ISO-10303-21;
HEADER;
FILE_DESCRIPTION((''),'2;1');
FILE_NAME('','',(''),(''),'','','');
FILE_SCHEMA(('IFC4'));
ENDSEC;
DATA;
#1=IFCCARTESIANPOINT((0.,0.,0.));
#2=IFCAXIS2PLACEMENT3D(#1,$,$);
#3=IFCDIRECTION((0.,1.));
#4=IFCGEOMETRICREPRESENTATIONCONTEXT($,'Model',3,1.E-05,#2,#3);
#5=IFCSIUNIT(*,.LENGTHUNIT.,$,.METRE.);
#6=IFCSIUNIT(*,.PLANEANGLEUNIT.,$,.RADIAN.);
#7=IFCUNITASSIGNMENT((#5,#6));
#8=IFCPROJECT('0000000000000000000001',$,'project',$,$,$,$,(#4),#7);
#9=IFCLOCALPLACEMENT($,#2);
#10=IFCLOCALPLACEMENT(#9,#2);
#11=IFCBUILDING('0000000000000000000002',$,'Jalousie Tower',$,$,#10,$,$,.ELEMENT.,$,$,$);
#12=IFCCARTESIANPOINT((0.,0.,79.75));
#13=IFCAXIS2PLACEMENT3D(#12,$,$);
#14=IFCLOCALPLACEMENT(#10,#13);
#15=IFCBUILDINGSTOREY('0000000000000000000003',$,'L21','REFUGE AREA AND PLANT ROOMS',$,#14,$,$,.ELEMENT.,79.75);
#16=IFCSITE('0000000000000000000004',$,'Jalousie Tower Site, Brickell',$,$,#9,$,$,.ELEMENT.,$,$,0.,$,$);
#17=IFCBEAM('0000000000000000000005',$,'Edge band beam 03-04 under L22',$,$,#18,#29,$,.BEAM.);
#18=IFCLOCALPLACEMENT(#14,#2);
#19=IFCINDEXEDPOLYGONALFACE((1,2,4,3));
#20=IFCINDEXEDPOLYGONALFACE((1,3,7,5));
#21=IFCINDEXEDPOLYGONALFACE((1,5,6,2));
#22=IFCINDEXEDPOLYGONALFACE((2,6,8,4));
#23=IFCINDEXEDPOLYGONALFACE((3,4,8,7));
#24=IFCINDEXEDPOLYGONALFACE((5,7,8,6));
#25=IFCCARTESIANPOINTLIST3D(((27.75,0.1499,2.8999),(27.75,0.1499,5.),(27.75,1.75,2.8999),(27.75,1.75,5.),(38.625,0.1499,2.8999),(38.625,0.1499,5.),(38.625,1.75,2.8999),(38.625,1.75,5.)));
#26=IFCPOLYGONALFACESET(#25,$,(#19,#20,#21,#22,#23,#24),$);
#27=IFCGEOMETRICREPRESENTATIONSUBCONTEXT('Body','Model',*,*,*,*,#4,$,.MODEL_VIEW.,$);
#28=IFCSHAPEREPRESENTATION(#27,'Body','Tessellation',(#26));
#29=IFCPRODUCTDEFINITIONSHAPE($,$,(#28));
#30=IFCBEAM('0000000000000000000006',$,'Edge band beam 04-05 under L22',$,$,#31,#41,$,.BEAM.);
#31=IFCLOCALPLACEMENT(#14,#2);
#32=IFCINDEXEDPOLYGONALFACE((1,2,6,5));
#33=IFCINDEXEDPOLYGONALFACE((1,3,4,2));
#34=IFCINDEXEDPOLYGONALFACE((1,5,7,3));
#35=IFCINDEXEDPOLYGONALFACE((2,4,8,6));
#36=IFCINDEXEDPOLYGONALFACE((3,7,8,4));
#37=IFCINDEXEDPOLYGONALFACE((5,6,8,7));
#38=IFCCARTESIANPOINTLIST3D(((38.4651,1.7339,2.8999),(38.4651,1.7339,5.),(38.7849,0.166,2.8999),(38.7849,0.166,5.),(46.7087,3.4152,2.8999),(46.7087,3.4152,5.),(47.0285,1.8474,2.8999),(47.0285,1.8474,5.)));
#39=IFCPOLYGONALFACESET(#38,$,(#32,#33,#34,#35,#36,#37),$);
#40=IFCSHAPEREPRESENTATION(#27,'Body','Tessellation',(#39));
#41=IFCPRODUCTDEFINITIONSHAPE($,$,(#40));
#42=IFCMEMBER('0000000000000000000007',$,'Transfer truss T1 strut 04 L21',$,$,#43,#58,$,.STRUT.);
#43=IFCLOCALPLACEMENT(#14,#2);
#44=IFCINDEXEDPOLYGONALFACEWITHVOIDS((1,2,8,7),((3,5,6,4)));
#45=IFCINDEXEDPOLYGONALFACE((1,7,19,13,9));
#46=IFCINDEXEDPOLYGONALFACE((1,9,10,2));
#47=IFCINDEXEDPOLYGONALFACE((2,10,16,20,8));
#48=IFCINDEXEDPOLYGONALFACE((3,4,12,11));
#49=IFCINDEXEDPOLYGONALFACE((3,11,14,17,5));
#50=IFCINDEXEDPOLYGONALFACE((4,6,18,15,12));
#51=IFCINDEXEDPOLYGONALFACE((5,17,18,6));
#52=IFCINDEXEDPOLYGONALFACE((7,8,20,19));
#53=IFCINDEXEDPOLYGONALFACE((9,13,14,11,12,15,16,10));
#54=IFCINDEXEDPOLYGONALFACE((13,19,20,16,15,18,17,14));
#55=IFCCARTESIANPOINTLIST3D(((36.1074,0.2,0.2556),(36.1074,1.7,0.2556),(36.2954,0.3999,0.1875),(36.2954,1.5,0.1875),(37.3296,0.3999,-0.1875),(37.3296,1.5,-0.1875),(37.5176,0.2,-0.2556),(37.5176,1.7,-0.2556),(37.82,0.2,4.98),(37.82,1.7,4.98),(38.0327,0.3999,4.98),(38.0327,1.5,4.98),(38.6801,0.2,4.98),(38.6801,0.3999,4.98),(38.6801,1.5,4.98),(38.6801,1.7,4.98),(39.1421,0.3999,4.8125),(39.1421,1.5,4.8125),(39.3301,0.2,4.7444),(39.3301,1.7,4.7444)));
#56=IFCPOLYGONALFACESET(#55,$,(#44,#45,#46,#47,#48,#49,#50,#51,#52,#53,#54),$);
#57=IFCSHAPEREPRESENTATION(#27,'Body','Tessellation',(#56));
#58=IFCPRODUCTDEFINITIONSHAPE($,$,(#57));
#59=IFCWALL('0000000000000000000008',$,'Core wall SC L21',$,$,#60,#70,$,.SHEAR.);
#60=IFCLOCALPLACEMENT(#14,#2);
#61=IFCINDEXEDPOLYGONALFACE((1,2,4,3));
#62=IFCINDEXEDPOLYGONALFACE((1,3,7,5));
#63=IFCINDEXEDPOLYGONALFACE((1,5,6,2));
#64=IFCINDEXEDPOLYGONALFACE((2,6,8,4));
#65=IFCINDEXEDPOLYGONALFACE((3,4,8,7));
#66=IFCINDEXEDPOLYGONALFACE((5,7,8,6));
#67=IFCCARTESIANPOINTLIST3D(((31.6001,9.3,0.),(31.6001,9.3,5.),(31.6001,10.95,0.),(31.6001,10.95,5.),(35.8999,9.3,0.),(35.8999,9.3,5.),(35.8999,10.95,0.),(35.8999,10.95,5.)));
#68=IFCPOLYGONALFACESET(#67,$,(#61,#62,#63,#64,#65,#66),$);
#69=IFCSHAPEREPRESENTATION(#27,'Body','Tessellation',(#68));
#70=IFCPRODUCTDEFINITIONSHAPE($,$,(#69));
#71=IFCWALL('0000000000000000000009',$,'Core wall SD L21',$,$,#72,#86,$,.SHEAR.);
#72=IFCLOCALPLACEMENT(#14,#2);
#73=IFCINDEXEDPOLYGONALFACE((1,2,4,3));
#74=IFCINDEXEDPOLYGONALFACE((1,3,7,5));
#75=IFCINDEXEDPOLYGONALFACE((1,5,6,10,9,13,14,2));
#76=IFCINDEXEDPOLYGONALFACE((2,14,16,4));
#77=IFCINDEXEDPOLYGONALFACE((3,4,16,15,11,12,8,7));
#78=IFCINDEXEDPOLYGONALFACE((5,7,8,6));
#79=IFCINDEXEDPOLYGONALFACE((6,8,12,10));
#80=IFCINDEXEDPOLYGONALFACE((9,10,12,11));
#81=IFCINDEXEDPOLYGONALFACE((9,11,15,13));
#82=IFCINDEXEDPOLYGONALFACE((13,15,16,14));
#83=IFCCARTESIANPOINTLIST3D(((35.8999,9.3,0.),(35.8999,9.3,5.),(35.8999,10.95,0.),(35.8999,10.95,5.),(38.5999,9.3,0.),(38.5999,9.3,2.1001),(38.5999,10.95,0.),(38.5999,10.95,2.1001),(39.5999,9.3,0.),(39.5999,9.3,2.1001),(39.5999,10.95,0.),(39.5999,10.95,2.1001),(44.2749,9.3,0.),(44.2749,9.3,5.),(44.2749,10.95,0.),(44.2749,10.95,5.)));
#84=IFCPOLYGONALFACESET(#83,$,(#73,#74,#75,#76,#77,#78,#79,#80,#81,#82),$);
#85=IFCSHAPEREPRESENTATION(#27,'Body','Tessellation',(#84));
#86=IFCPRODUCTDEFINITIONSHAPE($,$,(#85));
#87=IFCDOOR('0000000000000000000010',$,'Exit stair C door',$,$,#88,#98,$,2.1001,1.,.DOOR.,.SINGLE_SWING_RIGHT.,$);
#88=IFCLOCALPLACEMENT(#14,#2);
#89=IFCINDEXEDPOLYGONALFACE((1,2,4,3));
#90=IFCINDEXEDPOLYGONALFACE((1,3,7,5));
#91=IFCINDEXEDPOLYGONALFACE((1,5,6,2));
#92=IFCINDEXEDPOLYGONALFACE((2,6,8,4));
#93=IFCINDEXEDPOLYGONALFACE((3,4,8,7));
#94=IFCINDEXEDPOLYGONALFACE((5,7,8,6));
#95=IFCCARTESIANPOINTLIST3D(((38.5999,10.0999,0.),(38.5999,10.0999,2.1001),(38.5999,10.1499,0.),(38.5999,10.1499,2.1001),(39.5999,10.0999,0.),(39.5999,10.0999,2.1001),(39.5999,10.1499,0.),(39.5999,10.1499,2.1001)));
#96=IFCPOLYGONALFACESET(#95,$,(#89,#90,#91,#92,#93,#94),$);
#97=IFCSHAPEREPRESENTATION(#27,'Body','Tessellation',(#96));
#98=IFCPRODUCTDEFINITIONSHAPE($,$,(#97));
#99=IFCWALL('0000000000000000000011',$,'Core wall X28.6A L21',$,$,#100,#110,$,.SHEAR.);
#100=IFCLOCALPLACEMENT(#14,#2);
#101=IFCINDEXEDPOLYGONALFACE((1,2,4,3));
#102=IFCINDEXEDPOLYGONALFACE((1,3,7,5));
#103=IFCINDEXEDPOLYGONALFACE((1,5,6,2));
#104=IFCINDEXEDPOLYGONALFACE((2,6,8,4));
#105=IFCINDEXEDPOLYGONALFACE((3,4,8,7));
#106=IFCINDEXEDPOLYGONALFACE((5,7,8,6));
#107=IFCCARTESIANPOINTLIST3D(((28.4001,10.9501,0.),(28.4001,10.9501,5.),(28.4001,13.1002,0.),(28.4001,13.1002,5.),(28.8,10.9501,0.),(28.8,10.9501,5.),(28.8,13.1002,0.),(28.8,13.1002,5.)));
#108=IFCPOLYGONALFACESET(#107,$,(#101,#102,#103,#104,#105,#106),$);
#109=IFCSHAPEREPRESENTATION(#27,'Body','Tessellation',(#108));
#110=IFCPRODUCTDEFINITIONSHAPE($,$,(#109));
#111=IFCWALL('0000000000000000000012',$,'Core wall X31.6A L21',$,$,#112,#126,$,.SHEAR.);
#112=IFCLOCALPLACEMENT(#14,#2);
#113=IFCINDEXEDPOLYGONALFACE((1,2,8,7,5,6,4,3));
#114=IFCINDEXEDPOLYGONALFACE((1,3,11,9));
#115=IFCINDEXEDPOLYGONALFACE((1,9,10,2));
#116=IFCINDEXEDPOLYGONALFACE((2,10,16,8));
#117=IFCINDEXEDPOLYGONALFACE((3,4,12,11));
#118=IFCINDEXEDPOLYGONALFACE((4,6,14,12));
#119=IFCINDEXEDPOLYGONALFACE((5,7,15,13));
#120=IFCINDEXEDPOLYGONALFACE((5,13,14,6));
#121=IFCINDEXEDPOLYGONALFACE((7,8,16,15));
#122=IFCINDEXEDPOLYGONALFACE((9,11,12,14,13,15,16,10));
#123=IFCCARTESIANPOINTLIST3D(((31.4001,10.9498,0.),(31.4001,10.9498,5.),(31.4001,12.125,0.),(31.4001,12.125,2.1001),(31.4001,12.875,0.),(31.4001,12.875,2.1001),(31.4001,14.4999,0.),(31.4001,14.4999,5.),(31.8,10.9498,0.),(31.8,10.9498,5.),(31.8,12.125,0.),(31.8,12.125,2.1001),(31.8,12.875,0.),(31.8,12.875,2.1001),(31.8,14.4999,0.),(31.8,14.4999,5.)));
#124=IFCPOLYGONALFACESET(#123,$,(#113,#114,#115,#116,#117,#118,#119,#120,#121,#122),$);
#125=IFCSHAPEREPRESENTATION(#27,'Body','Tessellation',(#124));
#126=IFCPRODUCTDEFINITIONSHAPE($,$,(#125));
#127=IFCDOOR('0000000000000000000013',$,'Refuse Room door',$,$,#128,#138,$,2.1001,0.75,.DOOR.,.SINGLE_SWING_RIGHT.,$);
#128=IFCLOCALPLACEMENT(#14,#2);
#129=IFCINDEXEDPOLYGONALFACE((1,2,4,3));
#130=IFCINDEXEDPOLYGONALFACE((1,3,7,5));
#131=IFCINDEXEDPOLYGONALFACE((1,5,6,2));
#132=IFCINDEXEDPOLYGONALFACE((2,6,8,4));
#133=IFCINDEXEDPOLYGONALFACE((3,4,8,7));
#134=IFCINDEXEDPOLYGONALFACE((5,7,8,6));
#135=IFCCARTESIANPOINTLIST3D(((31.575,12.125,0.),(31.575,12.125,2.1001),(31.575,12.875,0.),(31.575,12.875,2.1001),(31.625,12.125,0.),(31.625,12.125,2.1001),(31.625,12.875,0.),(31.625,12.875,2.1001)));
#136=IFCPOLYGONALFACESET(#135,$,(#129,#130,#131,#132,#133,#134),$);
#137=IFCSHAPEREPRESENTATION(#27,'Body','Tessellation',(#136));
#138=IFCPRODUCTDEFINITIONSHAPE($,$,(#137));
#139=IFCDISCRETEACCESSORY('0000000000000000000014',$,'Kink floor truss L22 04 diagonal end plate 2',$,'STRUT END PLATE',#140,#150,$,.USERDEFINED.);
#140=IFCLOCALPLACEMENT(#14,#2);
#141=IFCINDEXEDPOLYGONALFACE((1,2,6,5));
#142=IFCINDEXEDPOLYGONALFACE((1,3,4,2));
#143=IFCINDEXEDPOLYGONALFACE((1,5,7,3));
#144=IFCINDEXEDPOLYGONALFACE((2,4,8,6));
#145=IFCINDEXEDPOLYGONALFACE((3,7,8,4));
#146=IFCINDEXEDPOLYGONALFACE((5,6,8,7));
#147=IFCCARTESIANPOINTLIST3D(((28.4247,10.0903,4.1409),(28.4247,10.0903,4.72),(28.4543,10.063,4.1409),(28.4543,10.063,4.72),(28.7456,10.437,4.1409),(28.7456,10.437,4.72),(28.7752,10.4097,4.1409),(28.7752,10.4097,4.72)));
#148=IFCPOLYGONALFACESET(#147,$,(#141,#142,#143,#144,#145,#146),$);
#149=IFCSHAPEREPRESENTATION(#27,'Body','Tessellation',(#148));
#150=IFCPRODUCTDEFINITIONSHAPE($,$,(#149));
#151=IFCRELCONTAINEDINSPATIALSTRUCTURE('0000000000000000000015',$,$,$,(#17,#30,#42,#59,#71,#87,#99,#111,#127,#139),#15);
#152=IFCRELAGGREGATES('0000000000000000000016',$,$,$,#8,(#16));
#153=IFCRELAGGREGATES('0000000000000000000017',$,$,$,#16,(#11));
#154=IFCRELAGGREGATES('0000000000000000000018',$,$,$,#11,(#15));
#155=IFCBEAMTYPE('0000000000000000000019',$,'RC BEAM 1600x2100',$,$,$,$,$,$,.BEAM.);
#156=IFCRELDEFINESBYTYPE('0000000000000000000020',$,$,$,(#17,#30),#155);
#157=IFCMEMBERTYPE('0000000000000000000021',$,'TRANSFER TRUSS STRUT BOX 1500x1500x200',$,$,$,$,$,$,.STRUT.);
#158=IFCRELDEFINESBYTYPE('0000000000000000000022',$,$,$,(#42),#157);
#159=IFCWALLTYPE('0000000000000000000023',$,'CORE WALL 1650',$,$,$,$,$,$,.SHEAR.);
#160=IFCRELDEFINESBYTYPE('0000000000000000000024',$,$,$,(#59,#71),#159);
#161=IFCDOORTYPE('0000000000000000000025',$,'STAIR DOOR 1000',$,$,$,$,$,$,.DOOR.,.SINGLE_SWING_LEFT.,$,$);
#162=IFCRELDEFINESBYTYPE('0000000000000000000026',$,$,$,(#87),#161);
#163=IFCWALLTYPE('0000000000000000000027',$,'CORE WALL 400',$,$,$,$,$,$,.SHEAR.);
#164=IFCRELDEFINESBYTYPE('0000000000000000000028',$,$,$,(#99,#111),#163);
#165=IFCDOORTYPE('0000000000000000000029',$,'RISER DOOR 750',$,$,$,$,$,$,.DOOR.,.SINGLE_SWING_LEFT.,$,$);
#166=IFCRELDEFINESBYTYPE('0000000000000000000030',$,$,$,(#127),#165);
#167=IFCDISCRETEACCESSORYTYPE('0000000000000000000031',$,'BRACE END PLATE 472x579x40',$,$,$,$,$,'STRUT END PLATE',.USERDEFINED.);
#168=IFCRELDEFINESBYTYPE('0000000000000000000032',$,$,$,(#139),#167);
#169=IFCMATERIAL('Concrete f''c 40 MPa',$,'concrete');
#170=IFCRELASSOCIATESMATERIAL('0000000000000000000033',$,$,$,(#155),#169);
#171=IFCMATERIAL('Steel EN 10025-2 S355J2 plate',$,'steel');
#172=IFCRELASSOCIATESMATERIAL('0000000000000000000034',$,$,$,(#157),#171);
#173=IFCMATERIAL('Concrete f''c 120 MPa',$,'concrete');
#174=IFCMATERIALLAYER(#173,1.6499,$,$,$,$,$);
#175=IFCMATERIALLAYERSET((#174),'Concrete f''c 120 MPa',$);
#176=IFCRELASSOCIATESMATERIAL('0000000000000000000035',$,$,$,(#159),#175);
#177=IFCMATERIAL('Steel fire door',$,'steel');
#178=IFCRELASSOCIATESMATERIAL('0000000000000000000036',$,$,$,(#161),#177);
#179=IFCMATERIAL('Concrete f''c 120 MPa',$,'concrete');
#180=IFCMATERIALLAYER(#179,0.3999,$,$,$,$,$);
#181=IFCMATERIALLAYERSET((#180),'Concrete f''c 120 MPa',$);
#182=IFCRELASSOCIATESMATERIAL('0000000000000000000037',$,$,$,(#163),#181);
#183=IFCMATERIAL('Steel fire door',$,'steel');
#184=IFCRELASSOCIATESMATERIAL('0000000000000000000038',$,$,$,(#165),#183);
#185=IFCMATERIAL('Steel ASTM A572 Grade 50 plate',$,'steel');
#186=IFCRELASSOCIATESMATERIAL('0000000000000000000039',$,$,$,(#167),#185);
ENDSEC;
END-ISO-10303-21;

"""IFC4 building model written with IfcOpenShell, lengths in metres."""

from ifc_helpers import new_model, si_unit, direction, frame, frame_2d, origin, origin_2d, place, context, subcontext, project, spatial, rectangle, hollow_rectangle, extrude, clip, halfspace, material, layer, layer_set, material_profile, profile_set, type_object, element, fill, save


model = new_model("IFC4")

# Units and contexts
model_context = context("Model", 3, precision=1e-05, world=origin(), true_north=direction((0.0, 1.0)))
body_context = subcontext(model_context, "Body", "Model", "MODEL_VIEW")
ifc_project = project(units=[si_unit("LENGTHUNIT", "METRE"), si_unit("PLANEANGLEUNIT", "RADIAN")], contexts=[model_context])

# Site, building, storey
site_placement = place(None, origin())
site = spatial("IfcSite", under=ifc_project, at=site_placement, Name="Jalousie Tower Site, Brickell", CompositionType="ELEMENT", RefElevation=0.0)
building_placement = place(site_placement, origin())
building = spatial("IfcBuilding", under=site, at=building_placement, Name="Jalousie Tower", CompositionType="ELEMENT")
storey_placement = place(building_placement, frame((0.0, 0.0, 79.75)))
storey = spatial("IfcBuildingStorey", under=building, at=storey_placement, Name="L21", Description="REFUGE AREA AND PLANT ROOMS", CompositionType="ELEMENT", Elevation=79.75)

# Beams
ifc_material_1 = material(Name="Concrete f'c 40 MPa", Category="concrete")
ifc_material_profile_1 = material_profile(ifc_material_1, rectangle(XDim=1.6001, YDim=2.1001, at=origin_2d()), Name="RC 1600x2100")
ifc_profile_set_1 = profile_set([ifc_material_profile_1], Name="Concrete f'c 40 MPa")
beam_type = type_object("IfcBeamType", Name="RC BEAM 1600x2100", PredefinedType="BEAM", material=ifc_profile_set_1)
beam_1_placement = place(storey_placement, frame((27.75, 0.95, 3.95), z_axis=(1.0, 0.0, 0.0), x_axis=(0.0, 1.0, 0.0)))
element("IfcBeam", 1, at=beam_1_placement, inside=storey, type_object=beam_type, Name="Edge band beam 03-04 under L22", PredefinedType="BEAM", context=body_context, shape_type="SweptSolid", body=[
    extrude(rectangle(XDim=1.6001, YDim=2.1001, at=origin_2d()), origin(), (0.0, 0.0, 1.0), 10.875),
])
beam_2_placement = place(storey_placement, frame((38.625, 0.95, 3.95), z_axis=(0.979827, 0.199848, 0.0), x_axis=(-0.199848, 0.979827, 0.0)))
element("IfcBeam", 2, at=beam_2_placement, inside=storey, type_object=beam_type, Name="Edge band beam 04-05 under L22", PredefinedType="BEAM", context=body_context, shape_type="SweptSolid", body=[
    extrude(rectangle(XDim=1.6001, YDim=2.1001, at=origin_2d()), origin(), (0.0, 0.0, 1.0), 8.4133),
])

# Member
ifc_material_2 = material(Name="Steel EN 10025-2 S355J2 plate", Category="steel")
ifc_material_profile_2 = material_profile(ifc_material_2, hollow_rectangle(XDim=1.5, YDim=1.5, WallThickness=0.2, at=origin_2d()), Name="BOX 1500x1500x200")
ifc_profile_set_2 = profile_set([ifc_material_profile_2], Name="Steel EN 10025-2 S355J2 plate")
member_type_1 = type_object("IfcMemberType", Name="TRANSFER TRUSS STRUT BOX 1500x1500x200", PredefinedType="STRUT", material=ifc_profile_set_2)
member_1_placement = place(storey_placement, frame((36.8125, 0.95, 0.0), z_axis=(0.340799, 0.0, 0.940136), x_axis=(0.0, 1.0, 0.0)))
element("IfcMember", 3, at=member_1_placement, inside=storey, type_object=member_type_1, Name="Transfer truss T1 strut 04 L21", PredefinedType="STRUT", context=body_context, shape_type="Clipping", body=[
    clip(extrude(hollow_rectangle(XDim=1.5, YDim=1.5, WallThickness=0.2, at=origin_2d()), origin(), (0.0, 0.0, 1.0), 5.3184), halfspace(frame((0.0, 0.0, 5.2971), z_axis=(0.0, 0.340799, 0.940136)), False)),
])

# Wall
ifc_material_3 = material(Name="Concrete f'c 120 MPa", Category="concrete")
ifc_layer_1 = layer(ifc_material_3, 1.6499)
ifc_layer_set_1 = layer_set([ifc_layer_1], Name="Concrete f'c 120 MPa")
wall_type_1 = type_object("IfcWallType", Name="CORE WALL 1650", PredefinedType="SHEAR", material=ifc_layer_set_1)
wall_1_placement = place(storey_placement, frame((31.6001, 10.125, 0.0), z_axis=(0.0, 0.0, 1.0), x_axis=(1.0, 0.0, 0.0)))
element("IfcWall", 4, at=wall_1_placement, inside=storey, type_object=wall_type_1, Name="Core wall SC L21", PredefinedType="SHEAR", context=body_context, shape_type="SweptSolid", body=[
    extrude(rectangle(XDim=4.2998, YDim=1.6499, at=frame_2d((2.1499, 0.0))), origin(), (0.0, 0.0, 1.0), 5.0),
])

# Wall, opening, door
wall_2_placement = place(storey_placement, frame((35.8999, 10.125, 0.0), z_axis=(0.0, 0.0, 1.0), x_axis=(1.0, 0.0, 0.0)))
wall_2 = element("IfcWall", 5, at=wall_2_placement, inside=storey, type_object=wall_type_1, Name="Core wall SD L21", PredefinedType="SHEAR", context=body_context, shape_type="SweptSolid", body=[
    extrude(rectangle(XDim=8.375, YDim=1.6499, at=frame_2d((4.1875, 0.0))), origin(), (0.0, 0.0, 1.0), 5.0),
])
opening_1_placement = place(wall_2_placement, frame((2.7, 0.0, 0.0)))
opening_1 = element("IfcOpeningElement", 6, at=opening_1_placement, cuts=wall_2, PredefinedType="OPENING", context=body_context, shape_type="SweptSolid", body=[
    extrude(rectangle(XDim=1.0, YDim=2.1001, at=frame_2d((0.5, 1.05))), frame((0.0, 0.835, 0.0), z_axis=(0.0, -1.0, 0.0), x_axis=(1.0, 0.0, 0.0)), (0.0, 0.0, 1.0), 1.6699),
])
ifc_material_4 = material(Name="Steel fire door", Category="steel")
door_type_1 = type_object("IfcDoorType", Name="STAIR DOOR 1000", OperationType="SINGLE_SWING_LEFT", PredefinedType="DOOR", material=ifc_material_4)
door_1_placement = place(opening_1_placement, origin())
door_1 = element("IfcDoor", 7, at=door_1_placement, inside=storey, type_object=door_type_1, Name="Exit stair C door", OperationType="SINGLE_SWING_RIGHT", OverallHeight=2.1001, OverallWidth=1.0, PredefinedType="DOOR", context=body_context, shape_type="SweptSolid", body=[
    extrude(rectangle(XDim=1.0, YDim=2.1001, at=frame_2d((0.5, 1.05))), frame((0.0, 0.0249, 0.0), z_axis=(0.0, -1.0, 0.0), x_axis=(1.0, 0.0, 0.0)), (0.0, 0.0, 1.0), 0.05),
])
fill(opening_1, door_1)

# Wall
ifc_material_5 = material(Name="Concrete f'c 120 MPa", Category="concrete")
ifc_layer_2 = layer(ifc_material_5, 0.3999)
ifc_layer_set_2 = layer_set([ifc_layer_2], Name="Concrete f'c 120 MPa")
wall_type_2 = type_object("IfcWallType", Name="CORE WALL 400", PredefinedType="SHEAR", material=ifc_layer_set_2)
wall_3_placement = place(storey_placement, frame((28.6001, 10.95, 0.0), z_axis=(0.0, 0.0, 1.0), x_axis=(0.0, 1.0, 0.0)))
element("IfcWall", 8, at=wall_3_placement, inside=storey, type_object=wall_type_2, Name="Core wall X28.6A L21", PredefinedType="SHEAR", context=body_context, shape_type="SweptSolid", body=[
    extrude(rectangle(XDim=2.1501, YDim=0.3999, at=frame_2d((1.0752, 0.0))), origin(), (0.0, 0.0, 1.0), 5.0),
])

# Wall, opening, door
wall_4_placement = place(storey_placement, frame((31.6001, 10.95, 0.0), z_axis=(0.0, 0.0, 1.0), x_axis=(0.0, 1.0, 0.0)))
wall_4 = element("IfcWall", 9, at=wall_4_placement, inside=storey, type_object=wall_type_2, Name="Core wall X31.6A L21", PredefinedType="SHEAR", context=body_context, shape_type="SweptSolid", body=[
    extrude(rectangle(XDim=3.55, YDim=0.3999, at=frame_2d((1.7749, 0.0))), origin(), (0.0, 0.0, 1.0), 5.0),
])
opening_2_placement = place(wall_4_placement, frame((1.175, 0.0, 0.0)))
opening_2 = element("IfcOpeningElement", 10, at=opening_2_placement, cuts=wall_4, PredefinedType="OPENING", context=body_context, shape_type="SweptSolid", body=[
    extrude(rectangle(XDim=0.75, YDim=2.1001, at=frame_2d((0.375, 1.05))), frame((0.0, 0.21, 0.0), z_axis=(0.0, -1.0, 0.0), x_axis=(1.0, 0.0, 0.0)), (0.0, 0.0, 1.0), 0.4199),
])
ifc_material_6 = material(Name="Steel fire door", Category="steel")
door_type_2 = type_object("IfcDoorType", Name="RISER DOOR 750", OperationType="SINGLE_SWING_LEFT", PredefinedType="DOOR", material=ifc_material_6)
door_2_placement = place(opening_2_placement, frame((0.75, 0.0, 0.0), z_axis=(0.0, 0.0, 1.0), x_axis=(-1.0, 0.0, 0.0)))
door_2 = element("IfcDoor", 11, at=door_2_placement, inside=storey, type_object=door_type_2, Name="Refuse Room door", OperationType="SINGLE_SWING_RIGHT", OverallHeight=2.1001, OverallWidth=0.75, PredefinedType="DOOR", context=body_context, shape_type="SweptSolid", body=[
    extrude(rectangle(XDim=0.75, YDim=2.1001, at=frame_2d((0.375, 1.05))), frame((0.0, 0.0249, 0.0), z_axis=(0.0, -1.0, 0.0), x_axis=(1.0, 0.0, 0.0)), (0.0, 0.0, 1.0), 0.05),
])
fill(opening_2, door_2)

# Discrete accessory
ifc_material_7 = material(Name="Steel ASTM A572 Grade 50 plate", Category="steel")
ifc_material_profile_3 = material_profile(ifc_material_7, rectangle(XDim=0.4724, YDim=0.5791, at=origin_2d()), Name="BRACE END PLATE 472x579x40")
ifc_profile_set_3 = profile_set([ifc_material_profile_3], Name="Steel ASTM A572 Grade 50 plate")
discrete_accessory_type = type_object("IfcDiscreteAccessoryType", Name="BRACE END PLATE 472x579x40", ElementType="STRUT END PLATE", PredefinedType="USERDEFINED", material=ifc_profile_set_3)
discrete_accessory_placement = place(storey_placement, frame((28.6147, 10.2363, 4.4304), z_axis=(-0.733873, 0.679287, 0.0), x_axis=(-0.679287, -0.733873, 0.0)))
element("IfcDiscreteAccessory", 12, at=discrete_accessory_placement, inside=storey, type_object=discrete_accessory_type, Name="Kink floor truss L22 04 diagonal end plate 2", ObjectType="STRUT END PLATE", PredefinedType="USERDEFINED", context=body_context, shape_type="SweptSolid", body=[
    extrude(rectangle(XDim=0.4724, YDim=0.5791, at=origin_2d()), origin(), (0.0, 0.0, 1.0), 0.0403),
])

save(model, "model.ifc")
